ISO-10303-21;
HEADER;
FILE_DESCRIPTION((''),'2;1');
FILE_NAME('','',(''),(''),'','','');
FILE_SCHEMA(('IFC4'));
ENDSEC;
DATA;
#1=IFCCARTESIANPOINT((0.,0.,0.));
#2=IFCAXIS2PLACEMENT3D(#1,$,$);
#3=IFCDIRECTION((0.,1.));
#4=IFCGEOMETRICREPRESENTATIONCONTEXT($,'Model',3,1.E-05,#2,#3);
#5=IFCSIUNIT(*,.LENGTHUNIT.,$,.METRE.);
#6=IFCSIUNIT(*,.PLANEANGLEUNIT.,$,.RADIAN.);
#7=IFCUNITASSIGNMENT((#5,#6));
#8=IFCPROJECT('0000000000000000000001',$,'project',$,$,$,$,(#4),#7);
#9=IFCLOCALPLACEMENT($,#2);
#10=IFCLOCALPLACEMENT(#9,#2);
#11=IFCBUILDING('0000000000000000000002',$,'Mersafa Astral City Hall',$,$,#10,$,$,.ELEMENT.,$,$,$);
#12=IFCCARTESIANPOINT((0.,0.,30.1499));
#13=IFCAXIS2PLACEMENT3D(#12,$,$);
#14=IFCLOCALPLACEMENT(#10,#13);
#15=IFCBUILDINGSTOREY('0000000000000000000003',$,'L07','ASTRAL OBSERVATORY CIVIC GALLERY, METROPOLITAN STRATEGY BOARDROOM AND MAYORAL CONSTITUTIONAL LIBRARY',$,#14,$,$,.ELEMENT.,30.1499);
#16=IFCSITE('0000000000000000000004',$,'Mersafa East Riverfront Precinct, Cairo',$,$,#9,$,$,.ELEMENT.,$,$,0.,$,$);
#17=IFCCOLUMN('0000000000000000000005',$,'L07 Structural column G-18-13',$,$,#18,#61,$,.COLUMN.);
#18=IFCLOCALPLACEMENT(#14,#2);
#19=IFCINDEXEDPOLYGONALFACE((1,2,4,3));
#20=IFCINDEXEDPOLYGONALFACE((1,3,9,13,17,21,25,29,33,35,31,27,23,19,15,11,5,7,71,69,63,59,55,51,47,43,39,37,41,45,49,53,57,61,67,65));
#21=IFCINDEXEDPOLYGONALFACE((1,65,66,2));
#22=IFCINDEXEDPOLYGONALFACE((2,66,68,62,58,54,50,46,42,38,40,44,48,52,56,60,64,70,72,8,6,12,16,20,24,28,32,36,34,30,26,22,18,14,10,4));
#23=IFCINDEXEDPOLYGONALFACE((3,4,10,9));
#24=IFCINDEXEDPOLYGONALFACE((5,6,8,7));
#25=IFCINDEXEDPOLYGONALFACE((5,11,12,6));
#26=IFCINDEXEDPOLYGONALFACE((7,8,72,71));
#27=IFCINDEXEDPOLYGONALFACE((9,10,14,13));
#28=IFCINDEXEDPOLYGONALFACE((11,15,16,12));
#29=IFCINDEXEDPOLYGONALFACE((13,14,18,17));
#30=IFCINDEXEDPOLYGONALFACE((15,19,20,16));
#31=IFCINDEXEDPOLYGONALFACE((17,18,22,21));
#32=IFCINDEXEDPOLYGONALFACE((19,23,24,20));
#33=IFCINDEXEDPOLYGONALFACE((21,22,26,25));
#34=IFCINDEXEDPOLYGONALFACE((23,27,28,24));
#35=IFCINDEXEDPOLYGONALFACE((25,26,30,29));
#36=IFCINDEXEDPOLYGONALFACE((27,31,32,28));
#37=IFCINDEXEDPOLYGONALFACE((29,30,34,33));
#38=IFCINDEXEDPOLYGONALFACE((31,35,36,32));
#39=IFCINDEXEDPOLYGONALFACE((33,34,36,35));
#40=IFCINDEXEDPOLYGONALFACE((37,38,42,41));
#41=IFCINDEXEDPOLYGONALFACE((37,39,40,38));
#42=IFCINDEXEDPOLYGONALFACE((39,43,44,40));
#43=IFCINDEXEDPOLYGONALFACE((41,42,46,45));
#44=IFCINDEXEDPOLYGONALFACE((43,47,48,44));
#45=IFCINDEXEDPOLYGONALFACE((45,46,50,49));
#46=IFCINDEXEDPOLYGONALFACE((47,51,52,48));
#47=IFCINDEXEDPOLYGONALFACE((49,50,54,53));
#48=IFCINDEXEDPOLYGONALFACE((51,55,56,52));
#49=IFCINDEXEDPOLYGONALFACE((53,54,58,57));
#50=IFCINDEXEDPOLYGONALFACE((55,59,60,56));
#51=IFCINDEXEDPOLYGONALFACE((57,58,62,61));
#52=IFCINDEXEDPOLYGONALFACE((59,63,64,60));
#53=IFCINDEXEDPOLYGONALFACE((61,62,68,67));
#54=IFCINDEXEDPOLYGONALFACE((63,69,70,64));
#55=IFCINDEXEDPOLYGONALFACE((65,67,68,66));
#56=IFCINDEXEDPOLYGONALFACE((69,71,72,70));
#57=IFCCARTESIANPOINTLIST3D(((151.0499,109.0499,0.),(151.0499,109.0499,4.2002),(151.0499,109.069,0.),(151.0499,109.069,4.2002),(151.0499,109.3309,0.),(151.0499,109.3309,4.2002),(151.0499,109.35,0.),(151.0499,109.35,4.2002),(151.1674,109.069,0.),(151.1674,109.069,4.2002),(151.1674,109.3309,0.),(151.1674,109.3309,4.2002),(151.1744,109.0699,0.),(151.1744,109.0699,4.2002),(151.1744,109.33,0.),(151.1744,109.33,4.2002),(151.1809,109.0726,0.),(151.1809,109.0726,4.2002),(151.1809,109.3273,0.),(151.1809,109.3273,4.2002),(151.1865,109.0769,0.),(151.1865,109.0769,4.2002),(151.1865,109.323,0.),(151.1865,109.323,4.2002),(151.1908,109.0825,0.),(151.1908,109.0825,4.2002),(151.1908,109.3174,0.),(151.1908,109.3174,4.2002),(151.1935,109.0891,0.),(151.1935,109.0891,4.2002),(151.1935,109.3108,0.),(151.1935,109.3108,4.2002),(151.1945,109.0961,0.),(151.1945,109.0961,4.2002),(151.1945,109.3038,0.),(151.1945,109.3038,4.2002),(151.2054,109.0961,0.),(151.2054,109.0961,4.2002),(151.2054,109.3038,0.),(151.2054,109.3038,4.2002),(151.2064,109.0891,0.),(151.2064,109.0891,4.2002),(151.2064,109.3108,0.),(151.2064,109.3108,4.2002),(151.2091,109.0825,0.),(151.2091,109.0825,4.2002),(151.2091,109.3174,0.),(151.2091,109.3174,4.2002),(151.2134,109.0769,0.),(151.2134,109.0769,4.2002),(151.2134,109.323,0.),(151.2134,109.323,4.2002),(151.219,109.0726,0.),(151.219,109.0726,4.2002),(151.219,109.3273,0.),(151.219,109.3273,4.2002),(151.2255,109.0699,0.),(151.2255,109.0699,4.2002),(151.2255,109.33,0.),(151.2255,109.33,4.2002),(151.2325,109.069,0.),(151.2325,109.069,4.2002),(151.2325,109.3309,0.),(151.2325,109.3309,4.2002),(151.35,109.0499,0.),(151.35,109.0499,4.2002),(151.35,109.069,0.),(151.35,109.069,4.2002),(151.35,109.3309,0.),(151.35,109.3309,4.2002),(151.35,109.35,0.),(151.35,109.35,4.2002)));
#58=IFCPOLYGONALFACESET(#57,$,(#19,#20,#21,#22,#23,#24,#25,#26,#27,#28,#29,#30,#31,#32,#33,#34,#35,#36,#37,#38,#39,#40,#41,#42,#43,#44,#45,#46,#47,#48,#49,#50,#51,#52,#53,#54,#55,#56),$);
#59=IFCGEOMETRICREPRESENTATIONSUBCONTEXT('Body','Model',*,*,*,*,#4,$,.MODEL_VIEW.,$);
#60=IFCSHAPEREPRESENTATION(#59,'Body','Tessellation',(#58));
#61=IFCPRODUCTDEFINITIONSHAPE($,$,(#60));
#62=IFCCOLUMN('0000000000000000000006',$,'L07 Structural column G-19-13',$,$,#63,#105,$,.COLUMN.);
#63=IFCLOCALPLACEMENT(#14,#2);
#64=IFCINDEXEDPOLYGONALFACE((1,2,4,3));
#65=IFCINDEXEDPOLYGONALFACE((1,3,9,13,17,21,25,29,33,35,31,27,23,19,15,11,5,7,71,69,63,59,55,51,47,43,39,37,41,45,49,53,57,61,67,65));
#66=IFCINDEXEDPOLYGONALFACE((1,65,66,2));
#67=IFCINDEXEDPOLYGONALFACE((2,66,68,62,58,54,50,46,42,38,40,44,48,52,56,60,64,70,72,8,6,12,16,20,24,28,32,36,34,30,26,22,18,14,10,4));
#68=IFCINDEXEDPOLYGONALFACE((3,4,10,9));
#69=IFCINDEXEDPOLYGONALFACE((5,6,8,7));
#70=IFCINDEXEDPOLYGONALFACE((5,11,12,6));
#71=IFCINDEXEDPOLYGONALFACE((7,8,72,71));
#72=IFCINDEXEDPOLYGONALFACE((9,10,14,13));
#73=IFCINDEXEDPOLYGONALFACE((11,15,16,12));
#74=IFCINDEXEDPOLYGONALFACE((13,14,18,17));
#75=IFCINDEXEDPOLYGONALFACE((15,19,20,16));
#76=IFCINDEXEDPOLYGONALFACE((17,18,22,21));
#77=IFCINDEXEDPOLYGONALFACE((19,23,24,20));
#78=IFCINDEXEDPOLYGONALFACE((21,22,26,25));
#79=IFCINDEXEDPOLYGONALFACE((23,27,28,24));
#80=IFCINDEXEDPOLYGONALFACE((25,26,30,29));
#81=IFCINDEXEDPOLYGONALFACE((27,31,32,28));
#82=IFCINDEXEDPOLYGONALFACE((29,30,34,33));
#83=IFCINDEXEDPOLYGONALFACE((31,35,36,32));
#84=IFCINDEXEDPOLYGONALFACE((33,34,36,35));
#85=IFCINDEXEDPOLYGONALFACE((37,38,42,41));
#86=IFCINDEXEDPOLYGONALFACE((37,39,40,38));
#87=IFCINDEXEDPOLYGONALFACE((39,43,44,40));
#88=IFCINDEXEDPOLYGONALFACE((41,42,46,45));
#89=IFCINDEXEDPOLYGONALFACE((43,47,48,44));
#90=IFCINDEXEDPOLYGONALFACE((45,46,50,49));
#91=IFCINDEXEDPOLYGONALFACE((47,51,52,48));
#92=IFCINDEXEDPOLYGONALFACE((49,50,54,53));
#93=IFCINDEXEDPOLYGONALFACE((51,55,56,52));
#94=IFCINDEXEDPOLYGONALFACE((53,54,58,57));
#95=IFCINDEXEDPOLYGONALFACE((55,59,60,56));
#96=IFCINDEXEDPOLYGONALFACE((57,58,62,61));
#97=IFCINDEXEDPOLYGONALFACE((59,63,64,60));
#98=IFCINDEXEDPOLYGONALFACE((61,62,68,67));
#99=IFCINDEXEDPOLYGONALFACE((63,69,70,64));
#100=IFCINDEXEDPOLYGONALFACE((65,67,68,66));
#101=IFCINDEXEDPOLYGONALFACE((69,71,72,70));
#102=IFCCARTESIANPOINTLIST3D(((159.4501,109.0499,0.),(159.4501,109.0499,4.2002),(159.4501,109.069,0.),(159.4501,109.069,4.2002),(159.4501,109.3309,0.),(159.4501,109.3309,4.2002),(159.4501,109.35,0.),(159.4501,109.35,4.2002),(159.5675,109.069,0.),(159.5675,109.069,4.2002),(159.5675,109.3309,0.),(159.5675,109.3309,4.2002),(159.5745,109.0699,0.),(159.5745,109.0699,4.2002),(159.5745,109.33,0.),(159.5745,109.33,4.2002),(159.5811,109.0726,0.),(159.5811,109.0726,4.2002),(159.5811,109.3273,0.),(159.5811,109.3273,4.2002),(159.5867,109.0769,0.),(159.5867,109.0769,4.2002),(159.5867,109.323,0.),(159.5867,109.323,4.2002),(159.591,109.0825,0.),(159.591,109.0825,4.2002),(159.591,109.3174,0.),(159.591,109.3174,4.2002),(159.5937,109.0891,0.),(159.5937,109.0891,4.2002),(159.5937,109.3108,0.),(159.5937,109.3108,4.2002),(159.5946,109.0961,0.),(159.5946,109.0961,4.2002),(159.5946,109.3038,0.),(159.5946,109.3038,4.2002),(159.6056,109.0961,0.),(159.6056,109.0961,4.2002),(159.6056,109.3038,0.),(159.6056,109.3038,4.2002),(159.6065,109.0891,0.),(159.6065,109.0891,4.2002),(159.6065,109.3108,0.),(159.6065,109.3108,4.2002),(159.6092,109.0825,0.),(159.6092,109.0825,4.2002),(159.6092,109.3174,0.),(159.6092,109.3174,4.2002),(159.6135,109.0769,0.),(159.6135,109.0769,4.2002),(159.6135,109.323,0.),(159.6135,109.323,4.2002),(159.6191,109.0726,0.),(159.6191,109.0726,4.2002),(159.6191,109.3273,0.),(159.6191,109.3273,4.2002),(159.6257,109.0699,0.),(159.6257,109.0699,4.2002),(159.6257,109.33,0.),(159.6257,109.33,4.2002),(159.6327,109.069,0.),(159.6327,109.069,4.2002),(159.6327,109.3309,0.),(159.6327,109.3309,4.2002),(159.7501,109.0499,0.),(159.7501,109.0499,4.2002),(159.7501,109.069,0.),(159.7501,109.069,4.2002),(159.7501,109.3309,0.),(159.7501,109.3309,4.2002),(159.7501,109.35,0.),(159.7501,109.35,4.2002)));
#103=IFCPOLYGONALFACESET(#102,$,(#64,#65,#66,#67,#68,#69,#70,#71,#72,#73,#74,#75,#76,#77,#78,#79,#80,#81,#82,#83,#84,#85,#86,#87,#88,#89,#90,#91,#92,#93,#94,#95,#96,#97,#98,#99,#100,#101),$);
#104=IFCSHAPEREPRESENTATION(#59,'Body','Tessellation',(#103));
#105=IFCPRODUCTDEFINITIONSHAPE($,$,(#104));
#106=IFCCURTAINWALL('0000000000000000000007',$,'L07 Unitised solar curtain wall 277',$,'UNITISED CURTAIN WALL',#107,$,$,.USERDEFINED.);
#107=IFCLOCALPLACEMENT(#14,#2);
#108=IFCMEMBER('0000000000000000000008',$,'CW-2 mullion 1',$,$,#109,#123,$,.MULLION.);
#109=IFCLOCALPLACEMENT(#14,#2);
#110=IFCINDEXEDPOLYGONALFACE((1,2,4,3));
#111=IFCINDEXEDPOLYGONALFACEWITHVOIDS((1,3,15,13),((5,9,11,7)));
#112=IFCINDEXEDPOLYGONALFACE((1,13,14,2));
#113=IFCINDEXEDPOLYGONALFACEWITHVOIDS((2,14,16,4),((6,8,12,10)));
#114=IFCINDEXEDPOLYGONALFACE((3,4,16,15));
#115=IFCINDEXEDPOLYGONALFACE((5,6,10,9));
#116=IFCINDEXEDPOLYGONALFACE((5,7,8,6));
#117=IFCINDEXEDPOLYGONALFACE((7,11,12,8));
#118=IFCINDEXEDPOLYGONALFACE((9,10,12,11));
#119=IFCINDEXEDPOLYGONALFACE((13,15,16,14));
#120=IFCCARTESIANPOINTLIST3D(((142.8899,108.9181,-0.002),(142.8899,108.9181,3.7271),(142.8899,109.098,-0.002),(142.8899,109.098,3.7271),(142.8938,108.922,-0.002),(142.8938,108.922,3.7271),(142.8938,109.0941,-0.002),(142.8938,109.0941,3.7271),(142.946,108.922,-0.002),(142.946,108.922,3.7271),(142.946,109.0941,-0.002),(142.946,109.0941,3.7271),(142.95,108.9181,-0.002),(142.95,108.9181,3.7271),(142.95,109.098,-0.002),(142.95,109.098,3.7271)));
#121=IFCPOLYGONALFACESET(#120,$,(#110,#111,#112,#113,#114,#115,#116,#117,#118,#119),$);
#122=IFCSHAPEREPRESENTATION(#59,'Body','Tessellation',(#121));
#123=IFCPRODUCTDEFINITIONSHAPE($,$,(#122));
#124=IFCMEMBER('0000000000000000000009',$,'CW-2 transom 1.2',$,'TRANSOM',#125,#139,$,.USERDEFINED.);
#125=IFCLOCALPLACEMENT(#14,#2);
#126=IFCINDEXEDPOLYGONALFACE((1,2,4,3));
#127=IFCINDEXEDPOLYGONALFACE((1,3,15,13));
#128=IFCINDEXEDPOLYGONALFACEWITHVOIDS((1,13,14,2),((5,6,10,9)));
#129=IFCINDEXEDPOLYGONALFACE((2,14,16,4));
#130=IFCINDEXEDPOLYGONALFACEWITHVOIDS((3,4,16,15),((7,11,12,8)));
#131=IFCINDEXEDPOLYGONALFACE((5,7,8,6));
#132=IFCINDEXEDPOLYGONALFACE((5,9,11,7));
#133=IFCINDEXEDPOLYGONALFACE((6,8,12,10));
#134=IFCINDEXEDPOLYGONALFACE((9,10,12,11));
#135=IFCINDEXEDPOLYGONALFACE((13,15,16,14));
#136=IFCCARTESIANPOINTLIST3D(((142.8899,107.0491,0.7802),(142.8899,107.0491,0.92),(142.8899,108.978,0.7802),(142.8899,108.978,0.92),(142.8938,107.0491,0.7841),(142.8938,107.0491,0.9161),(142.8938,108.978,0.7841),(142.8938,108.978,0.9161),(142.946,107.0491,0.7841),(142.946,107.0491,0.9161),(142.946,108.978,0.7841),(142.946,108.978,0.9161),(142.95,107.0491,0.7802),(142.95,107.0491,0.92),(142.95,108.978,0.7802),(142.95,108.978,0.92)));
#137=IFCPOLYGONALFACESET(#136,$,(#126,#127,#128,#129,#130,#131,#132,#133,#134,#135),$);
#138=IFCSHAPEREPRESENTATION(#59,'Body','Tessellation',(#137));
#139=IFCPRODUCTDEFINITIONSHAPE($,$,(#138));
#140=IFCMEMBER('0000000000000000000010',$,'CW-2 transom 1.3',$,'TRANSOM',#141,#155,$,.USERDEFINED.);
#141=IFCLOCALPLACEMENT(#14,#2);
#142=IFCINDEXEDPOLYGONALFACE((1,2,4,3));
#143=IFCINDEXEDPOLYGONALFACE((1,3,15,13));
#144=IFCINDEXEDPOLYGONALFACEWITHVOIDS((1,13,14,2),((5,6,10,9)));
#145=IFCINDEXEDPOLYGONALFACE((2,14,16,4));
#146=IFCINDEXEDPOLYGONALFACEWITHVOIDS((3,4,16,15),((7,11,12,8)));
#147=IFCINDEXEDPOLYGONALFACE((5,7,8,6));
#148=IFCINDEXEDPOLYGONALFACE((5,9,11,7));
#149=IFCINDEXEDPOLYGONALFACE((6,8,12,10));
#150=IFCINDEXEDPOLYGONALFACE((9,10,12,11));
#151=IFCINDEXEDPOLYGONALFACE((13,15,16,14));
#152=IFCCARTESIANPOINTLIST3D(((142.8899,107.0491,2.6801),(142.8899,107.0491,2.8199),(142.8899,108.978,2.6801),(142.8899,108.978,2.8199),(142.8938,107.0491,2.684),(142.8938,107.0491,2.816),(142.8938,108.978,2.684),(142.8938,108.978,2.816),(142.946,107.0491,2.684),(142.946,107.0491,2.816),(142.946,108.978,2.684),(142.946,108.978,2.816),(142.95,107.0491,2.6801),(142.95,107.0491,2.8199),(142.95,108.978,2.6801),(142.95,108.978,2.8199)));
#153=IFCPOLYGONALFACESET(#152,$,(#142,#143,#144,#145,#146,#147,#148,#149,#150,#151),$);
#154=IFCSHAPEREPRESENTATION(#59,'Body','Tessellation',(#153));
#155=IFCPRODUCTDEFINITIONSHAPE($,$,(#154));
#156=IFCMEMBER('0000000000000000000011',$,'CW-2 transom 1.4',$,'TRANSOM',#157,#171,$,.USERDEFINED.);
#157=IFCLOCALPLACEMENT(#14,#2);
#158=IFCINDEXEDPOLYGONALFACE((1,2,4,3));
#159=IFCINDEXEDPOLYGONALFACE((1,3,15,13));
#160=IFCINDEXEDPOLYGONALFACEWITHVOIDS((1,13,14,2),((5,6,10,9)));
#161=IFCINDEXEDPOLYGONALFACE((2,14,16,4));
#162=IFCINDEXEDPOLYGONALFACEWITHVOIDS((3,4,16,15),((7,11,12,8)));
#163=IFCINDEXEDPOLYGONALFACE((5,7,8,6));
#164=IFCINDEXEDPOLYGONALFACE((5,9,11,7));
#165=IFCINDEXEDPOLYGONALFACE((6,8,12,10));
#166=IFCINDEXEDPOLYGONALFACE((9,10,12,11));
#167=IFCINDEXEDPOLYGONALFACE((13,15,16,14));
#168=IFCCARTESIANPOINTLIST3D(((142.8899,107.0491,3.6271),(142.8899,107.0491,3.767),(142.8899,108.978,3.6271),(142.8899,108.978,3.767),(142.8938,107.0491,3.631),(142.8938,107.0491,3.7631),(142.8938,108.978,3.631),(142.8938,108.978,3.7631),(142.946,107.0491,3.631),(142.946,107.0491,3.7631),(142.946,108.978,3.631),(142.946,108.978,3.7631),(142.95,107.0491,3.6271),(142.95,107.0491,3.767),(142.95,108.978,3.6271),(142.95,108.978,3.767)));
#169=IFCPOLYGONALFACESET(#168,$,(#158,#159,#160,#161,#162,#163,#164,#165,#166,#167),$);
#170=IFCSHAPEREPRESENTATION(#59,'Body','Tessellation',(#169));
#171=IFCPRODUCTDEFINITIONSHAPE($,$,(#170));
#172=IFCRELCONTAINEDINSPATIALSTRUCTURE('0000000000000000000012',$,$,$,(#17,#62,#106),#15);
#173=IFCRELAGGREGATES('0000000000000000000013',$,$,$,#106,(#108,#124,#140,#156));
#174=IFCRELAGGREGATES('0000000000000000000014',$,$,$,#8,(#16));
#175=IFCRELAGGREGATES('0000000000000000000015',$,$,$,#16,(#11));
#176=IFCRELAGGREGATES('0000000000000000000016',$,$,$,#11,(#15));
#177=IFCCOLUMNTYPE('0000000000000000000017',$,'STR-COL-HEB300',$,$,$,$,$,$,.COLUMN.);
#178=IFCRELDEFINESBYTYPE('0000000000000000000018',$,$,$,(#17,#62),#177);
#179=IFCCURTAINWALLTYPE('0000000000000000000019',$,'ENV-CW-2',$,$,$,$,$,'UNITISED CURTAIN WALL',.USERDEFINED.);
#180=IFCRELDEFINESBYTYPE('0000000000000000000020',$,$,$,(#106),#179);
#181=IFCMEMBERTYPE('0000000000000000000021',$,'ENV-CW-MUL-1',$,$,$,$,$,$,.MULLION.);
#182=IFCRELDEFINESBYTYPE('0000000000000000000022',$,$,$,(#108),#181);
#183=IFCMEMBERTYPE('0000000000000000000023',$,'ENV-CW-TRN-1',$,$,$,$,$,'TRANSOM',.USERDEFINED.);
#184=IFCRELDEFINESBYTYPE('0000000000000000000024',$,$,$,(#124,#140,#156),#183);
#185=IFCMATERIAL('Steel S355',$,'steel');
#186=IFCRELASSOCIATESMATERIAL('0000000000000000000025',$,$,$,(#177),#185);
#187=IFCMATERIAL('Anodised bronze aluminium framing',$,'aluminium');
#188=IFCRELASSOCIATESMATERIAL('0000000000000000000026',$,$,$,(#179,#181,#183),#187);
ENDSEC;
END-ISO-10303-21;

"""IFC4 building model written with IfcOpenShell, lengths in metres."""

from ifc_helpers import new_model, si_unit, direction, frame, origin, origin_2d, place, context, subcontext, project, spatial, hollow_rectangle, i_section, extrude, material, material_profile, profile_set, type_object, element, aggregate, save


model = new_model("IFC4")

# Units and contexts
model_context = context("Model", 3, precision=1e-05, world=origin(), true_north=direction((0.0, 1.0)))
body_context = subcontext(model_context, "Body", "Model", "MODEL_VIEW")
ifc_project = project(units=[si_unit("LENGTHUNIT", "METRE"), si_unit("PLANEANGLEUNIT", "RADIAN")], contexts=[model_context])

# Site, building, storey
site_placement = place(None, origin())
site = spatial("IfcSite", under=ifc_project, at=site_placement, Name="Mersafa East Riverfront Precinct, Cairo", CompositionType="ELEMENT", RefElevation=0.0)
building_placement = place(site_placement, origin())
building = spatial("IfcBuilding", under=site, at=building_placement, Name="Mersafa Astral City Hall", CompositionType="ELEMENT")
storey_placement = place(building_placement, frame((0.0, 0.0, 30.1499)))
storey = spatial("IfcBuildingStorey", under=building, at=storey_placement, Name="L07", Description="ASTRAL OBSERVATORY CIVIC GALLERY, METROPOLITAN STRATEGY BOARDROOM AND MAYORAL CONSTITUTIONAL LIBRARY", CompositionType="ELEMENT", Elevation=30.1499)

# Columns
ifc_material_1 = material(Name="Steel S355", Category="steel")
ifc_material_profile_1 = material_profile(ifc_material_1, i_section(OverallWidth=0.3, OverallDepth=0.3, WebThickness=0.011, FlangeThickness=0.019, FilletRadius=0.0271, at=origin_2d()), Name="HEB 300")
ifc_profile_set_1 = profile_set([ifc_material_profile_1], Name="Steel S355")
column_type = type_object("IfcColumnType", Name="STR-COL-HEB300", PredefinedType="COLUMN", material=ifc_profile_set_1)
for number, where, z_axis, x_axis, name in (
    (1, (151.2, 109.2, 0.0), (0.0, 0.0, 1.0), (1.0, 0.0, 0.0), "L07 Structural column G-18-13"),
    (2, (159.6001, 109.2, 0.0), (0.0, 0.0, 1.0), (1.0, 0.0, 0.0), "L07 Structural column G-19-13"),
):
    element("IfcColumn", number, at=place(storey_placement, frame(where, z_axis=z_axis, x_axis=x_axis)), inside=storey, type_object=column_type, Name=name, PredefinedType="COLUMN", context=body_context, shape_type="SweptSolid", body=[
        extrude(i_section(OverallWidth=0.3, OverallDepth=0.3, WebThickness=0.011, FlangeThickness=0.019, FilletRadius=0.0271, at=origin_2d()), origin(), (0.0, 0.0, 1.0), 4.2002),
    ])

# Curtain wall, members
ifc_material_2 = material(Name="Anodised bronze aluminium framing", Category="aluminium")
curtain_wall_type = type_object("IfcCurtainWallType", Name="ENV-CW-2", ElementType="UNITISED CURTAIN WALL", PredefinedType="USERDEFINED", material=ifc_material_2)
curtain_wall_placement = place(storey_placement, origin())
curtain_wall = element("IfcCurtainWall", 3, at=curtain_wall_placement, inside=storey, type_object=curtain_wall_type, Name="L07 Unitised solar curtain wall 277", ObjectType="UNITISED CURTAIN WALL", PredefinedType="USERDEFINED")
ifc_material_profile_2 = material_profile(ifc_material_2, hollow_rectangle(XDim=0.0601, YDim=0.1799, WallThickness=0.0039, at=origin_2d()), Name="RHS 60x180x4")
ifc_profile_set_2 = profile_set([ifc_material_profile_2], Name="Anodised bronze aluminium framing")
member_type_1 = type_object("IfcMemberType", Name="ENV-CW-MUL-1", PredefinedType="MULLION", material=ifc_profile_set_2)
member_1_placement = place(storey_placement, frame((142.9199, 109.0081, -0.002), z_axis=(0.0, 0.0, 1.0), x_axis=(1.0, 0.0, 0.0)))
member_1 = element("IfcMember", 4, at=member_1_placement, type_object=member_type_1, Name="CW-2 mullion 1", PredefinedType="MULLION", context=body_context, shape_type="SweptSolid", body=[
    extrude(hollow_rectangle(XDim=0.0601, YDim=0.1799, WallThickness=0.0039, at=origin_2d()), origin(), (0.0, 0.0, 1.0), 3.729),
])
ifc_material_profile_3 = material_profile(ifc_material_2, hollow_rectangle(XDim=0.0601, YDim=0.1399, WallThickness=0.0039, at=origin_2d()), Name="RHS 60x140x4")
ifc_profile_set_3 = profile_set([ifc_material_profile_3], Name="Anodised bronze aluminium framing")
member_type_2 = type_object("IfcMemberType", Name="ENV-CW-TRN-1", ElementType="TRANSOM", PredefinedType="USERDEFINED", material=ifc_profile_set_3)
member_2_placement = place(storey_placement, frame((142.9199, 108.978, 0.8501), z_axis=(0.0, -1.0, 0.0), x_axis=(1.0, 0.0, 0.0)))
member_2 = element("IfcMember", 5, at=member_2_placement, type_object=member_type_2, Name="CW-2 transom 1.2", ObjectType="TRANSOM", PredefinedType="USERDEFINED", context=body_context, shape_type="SweptSolid", body=[
    extrude(hollow_rectangle(XDim=0.0601, YDim=0.1399, WallThickness=0.0039, at=origin_2d()), origin(), (0.0, 0.0, 1.0), 1.929),
])
member_3_placement = place(storey_placement, frame((142.9199, 108.978, 2.75), z_axis=(0.0, -1.0, 0.0), x_axis=(1.0, 0.0, 0.0)))
member_3 = element("IfcMember", 6, at=member_3_placement, type_object=member_type_2, Name="CW-2 transom 1.3", ObjectType="TRANSOM", PredefinedType="USERDEFINED", context=body_context, shape_type="SweptSolid", body=[
    extrude(hollow_rectangle(XDim=0.0601, YDim=0.1399, WallThickness=0.0039, at=origin_2d()), origin(), (0.0, 0.0, 1.0), 1.929),
])
member_4_placement = place(storey_placement, frame((142.9199, 108.978, 3.697), z_axis=(0.0, -1.0, 0.0), x_axis=(1.0, 0.0, 0.0)))
member_4 = element("IfcMember", 7, at=member_4_placement, type_object=member_type_2, Name="CW-2 transom 1.4", ObjectType="TRANSOM", PredefinedType="USERDEFINED", context=body_context, shape_type="SweptSolid", body=[
    extrude(hollow_rectangle(XDim=0.0601, YDim=0.1399, WallThickness=0.0039, at=origin_2d()), origin(), (0.0, 0.0, 1.0), 1.929),
])
aggregate(curtain_wall, [member_1, member_2, member_3, member_4])

save(model, "model.ifc")
